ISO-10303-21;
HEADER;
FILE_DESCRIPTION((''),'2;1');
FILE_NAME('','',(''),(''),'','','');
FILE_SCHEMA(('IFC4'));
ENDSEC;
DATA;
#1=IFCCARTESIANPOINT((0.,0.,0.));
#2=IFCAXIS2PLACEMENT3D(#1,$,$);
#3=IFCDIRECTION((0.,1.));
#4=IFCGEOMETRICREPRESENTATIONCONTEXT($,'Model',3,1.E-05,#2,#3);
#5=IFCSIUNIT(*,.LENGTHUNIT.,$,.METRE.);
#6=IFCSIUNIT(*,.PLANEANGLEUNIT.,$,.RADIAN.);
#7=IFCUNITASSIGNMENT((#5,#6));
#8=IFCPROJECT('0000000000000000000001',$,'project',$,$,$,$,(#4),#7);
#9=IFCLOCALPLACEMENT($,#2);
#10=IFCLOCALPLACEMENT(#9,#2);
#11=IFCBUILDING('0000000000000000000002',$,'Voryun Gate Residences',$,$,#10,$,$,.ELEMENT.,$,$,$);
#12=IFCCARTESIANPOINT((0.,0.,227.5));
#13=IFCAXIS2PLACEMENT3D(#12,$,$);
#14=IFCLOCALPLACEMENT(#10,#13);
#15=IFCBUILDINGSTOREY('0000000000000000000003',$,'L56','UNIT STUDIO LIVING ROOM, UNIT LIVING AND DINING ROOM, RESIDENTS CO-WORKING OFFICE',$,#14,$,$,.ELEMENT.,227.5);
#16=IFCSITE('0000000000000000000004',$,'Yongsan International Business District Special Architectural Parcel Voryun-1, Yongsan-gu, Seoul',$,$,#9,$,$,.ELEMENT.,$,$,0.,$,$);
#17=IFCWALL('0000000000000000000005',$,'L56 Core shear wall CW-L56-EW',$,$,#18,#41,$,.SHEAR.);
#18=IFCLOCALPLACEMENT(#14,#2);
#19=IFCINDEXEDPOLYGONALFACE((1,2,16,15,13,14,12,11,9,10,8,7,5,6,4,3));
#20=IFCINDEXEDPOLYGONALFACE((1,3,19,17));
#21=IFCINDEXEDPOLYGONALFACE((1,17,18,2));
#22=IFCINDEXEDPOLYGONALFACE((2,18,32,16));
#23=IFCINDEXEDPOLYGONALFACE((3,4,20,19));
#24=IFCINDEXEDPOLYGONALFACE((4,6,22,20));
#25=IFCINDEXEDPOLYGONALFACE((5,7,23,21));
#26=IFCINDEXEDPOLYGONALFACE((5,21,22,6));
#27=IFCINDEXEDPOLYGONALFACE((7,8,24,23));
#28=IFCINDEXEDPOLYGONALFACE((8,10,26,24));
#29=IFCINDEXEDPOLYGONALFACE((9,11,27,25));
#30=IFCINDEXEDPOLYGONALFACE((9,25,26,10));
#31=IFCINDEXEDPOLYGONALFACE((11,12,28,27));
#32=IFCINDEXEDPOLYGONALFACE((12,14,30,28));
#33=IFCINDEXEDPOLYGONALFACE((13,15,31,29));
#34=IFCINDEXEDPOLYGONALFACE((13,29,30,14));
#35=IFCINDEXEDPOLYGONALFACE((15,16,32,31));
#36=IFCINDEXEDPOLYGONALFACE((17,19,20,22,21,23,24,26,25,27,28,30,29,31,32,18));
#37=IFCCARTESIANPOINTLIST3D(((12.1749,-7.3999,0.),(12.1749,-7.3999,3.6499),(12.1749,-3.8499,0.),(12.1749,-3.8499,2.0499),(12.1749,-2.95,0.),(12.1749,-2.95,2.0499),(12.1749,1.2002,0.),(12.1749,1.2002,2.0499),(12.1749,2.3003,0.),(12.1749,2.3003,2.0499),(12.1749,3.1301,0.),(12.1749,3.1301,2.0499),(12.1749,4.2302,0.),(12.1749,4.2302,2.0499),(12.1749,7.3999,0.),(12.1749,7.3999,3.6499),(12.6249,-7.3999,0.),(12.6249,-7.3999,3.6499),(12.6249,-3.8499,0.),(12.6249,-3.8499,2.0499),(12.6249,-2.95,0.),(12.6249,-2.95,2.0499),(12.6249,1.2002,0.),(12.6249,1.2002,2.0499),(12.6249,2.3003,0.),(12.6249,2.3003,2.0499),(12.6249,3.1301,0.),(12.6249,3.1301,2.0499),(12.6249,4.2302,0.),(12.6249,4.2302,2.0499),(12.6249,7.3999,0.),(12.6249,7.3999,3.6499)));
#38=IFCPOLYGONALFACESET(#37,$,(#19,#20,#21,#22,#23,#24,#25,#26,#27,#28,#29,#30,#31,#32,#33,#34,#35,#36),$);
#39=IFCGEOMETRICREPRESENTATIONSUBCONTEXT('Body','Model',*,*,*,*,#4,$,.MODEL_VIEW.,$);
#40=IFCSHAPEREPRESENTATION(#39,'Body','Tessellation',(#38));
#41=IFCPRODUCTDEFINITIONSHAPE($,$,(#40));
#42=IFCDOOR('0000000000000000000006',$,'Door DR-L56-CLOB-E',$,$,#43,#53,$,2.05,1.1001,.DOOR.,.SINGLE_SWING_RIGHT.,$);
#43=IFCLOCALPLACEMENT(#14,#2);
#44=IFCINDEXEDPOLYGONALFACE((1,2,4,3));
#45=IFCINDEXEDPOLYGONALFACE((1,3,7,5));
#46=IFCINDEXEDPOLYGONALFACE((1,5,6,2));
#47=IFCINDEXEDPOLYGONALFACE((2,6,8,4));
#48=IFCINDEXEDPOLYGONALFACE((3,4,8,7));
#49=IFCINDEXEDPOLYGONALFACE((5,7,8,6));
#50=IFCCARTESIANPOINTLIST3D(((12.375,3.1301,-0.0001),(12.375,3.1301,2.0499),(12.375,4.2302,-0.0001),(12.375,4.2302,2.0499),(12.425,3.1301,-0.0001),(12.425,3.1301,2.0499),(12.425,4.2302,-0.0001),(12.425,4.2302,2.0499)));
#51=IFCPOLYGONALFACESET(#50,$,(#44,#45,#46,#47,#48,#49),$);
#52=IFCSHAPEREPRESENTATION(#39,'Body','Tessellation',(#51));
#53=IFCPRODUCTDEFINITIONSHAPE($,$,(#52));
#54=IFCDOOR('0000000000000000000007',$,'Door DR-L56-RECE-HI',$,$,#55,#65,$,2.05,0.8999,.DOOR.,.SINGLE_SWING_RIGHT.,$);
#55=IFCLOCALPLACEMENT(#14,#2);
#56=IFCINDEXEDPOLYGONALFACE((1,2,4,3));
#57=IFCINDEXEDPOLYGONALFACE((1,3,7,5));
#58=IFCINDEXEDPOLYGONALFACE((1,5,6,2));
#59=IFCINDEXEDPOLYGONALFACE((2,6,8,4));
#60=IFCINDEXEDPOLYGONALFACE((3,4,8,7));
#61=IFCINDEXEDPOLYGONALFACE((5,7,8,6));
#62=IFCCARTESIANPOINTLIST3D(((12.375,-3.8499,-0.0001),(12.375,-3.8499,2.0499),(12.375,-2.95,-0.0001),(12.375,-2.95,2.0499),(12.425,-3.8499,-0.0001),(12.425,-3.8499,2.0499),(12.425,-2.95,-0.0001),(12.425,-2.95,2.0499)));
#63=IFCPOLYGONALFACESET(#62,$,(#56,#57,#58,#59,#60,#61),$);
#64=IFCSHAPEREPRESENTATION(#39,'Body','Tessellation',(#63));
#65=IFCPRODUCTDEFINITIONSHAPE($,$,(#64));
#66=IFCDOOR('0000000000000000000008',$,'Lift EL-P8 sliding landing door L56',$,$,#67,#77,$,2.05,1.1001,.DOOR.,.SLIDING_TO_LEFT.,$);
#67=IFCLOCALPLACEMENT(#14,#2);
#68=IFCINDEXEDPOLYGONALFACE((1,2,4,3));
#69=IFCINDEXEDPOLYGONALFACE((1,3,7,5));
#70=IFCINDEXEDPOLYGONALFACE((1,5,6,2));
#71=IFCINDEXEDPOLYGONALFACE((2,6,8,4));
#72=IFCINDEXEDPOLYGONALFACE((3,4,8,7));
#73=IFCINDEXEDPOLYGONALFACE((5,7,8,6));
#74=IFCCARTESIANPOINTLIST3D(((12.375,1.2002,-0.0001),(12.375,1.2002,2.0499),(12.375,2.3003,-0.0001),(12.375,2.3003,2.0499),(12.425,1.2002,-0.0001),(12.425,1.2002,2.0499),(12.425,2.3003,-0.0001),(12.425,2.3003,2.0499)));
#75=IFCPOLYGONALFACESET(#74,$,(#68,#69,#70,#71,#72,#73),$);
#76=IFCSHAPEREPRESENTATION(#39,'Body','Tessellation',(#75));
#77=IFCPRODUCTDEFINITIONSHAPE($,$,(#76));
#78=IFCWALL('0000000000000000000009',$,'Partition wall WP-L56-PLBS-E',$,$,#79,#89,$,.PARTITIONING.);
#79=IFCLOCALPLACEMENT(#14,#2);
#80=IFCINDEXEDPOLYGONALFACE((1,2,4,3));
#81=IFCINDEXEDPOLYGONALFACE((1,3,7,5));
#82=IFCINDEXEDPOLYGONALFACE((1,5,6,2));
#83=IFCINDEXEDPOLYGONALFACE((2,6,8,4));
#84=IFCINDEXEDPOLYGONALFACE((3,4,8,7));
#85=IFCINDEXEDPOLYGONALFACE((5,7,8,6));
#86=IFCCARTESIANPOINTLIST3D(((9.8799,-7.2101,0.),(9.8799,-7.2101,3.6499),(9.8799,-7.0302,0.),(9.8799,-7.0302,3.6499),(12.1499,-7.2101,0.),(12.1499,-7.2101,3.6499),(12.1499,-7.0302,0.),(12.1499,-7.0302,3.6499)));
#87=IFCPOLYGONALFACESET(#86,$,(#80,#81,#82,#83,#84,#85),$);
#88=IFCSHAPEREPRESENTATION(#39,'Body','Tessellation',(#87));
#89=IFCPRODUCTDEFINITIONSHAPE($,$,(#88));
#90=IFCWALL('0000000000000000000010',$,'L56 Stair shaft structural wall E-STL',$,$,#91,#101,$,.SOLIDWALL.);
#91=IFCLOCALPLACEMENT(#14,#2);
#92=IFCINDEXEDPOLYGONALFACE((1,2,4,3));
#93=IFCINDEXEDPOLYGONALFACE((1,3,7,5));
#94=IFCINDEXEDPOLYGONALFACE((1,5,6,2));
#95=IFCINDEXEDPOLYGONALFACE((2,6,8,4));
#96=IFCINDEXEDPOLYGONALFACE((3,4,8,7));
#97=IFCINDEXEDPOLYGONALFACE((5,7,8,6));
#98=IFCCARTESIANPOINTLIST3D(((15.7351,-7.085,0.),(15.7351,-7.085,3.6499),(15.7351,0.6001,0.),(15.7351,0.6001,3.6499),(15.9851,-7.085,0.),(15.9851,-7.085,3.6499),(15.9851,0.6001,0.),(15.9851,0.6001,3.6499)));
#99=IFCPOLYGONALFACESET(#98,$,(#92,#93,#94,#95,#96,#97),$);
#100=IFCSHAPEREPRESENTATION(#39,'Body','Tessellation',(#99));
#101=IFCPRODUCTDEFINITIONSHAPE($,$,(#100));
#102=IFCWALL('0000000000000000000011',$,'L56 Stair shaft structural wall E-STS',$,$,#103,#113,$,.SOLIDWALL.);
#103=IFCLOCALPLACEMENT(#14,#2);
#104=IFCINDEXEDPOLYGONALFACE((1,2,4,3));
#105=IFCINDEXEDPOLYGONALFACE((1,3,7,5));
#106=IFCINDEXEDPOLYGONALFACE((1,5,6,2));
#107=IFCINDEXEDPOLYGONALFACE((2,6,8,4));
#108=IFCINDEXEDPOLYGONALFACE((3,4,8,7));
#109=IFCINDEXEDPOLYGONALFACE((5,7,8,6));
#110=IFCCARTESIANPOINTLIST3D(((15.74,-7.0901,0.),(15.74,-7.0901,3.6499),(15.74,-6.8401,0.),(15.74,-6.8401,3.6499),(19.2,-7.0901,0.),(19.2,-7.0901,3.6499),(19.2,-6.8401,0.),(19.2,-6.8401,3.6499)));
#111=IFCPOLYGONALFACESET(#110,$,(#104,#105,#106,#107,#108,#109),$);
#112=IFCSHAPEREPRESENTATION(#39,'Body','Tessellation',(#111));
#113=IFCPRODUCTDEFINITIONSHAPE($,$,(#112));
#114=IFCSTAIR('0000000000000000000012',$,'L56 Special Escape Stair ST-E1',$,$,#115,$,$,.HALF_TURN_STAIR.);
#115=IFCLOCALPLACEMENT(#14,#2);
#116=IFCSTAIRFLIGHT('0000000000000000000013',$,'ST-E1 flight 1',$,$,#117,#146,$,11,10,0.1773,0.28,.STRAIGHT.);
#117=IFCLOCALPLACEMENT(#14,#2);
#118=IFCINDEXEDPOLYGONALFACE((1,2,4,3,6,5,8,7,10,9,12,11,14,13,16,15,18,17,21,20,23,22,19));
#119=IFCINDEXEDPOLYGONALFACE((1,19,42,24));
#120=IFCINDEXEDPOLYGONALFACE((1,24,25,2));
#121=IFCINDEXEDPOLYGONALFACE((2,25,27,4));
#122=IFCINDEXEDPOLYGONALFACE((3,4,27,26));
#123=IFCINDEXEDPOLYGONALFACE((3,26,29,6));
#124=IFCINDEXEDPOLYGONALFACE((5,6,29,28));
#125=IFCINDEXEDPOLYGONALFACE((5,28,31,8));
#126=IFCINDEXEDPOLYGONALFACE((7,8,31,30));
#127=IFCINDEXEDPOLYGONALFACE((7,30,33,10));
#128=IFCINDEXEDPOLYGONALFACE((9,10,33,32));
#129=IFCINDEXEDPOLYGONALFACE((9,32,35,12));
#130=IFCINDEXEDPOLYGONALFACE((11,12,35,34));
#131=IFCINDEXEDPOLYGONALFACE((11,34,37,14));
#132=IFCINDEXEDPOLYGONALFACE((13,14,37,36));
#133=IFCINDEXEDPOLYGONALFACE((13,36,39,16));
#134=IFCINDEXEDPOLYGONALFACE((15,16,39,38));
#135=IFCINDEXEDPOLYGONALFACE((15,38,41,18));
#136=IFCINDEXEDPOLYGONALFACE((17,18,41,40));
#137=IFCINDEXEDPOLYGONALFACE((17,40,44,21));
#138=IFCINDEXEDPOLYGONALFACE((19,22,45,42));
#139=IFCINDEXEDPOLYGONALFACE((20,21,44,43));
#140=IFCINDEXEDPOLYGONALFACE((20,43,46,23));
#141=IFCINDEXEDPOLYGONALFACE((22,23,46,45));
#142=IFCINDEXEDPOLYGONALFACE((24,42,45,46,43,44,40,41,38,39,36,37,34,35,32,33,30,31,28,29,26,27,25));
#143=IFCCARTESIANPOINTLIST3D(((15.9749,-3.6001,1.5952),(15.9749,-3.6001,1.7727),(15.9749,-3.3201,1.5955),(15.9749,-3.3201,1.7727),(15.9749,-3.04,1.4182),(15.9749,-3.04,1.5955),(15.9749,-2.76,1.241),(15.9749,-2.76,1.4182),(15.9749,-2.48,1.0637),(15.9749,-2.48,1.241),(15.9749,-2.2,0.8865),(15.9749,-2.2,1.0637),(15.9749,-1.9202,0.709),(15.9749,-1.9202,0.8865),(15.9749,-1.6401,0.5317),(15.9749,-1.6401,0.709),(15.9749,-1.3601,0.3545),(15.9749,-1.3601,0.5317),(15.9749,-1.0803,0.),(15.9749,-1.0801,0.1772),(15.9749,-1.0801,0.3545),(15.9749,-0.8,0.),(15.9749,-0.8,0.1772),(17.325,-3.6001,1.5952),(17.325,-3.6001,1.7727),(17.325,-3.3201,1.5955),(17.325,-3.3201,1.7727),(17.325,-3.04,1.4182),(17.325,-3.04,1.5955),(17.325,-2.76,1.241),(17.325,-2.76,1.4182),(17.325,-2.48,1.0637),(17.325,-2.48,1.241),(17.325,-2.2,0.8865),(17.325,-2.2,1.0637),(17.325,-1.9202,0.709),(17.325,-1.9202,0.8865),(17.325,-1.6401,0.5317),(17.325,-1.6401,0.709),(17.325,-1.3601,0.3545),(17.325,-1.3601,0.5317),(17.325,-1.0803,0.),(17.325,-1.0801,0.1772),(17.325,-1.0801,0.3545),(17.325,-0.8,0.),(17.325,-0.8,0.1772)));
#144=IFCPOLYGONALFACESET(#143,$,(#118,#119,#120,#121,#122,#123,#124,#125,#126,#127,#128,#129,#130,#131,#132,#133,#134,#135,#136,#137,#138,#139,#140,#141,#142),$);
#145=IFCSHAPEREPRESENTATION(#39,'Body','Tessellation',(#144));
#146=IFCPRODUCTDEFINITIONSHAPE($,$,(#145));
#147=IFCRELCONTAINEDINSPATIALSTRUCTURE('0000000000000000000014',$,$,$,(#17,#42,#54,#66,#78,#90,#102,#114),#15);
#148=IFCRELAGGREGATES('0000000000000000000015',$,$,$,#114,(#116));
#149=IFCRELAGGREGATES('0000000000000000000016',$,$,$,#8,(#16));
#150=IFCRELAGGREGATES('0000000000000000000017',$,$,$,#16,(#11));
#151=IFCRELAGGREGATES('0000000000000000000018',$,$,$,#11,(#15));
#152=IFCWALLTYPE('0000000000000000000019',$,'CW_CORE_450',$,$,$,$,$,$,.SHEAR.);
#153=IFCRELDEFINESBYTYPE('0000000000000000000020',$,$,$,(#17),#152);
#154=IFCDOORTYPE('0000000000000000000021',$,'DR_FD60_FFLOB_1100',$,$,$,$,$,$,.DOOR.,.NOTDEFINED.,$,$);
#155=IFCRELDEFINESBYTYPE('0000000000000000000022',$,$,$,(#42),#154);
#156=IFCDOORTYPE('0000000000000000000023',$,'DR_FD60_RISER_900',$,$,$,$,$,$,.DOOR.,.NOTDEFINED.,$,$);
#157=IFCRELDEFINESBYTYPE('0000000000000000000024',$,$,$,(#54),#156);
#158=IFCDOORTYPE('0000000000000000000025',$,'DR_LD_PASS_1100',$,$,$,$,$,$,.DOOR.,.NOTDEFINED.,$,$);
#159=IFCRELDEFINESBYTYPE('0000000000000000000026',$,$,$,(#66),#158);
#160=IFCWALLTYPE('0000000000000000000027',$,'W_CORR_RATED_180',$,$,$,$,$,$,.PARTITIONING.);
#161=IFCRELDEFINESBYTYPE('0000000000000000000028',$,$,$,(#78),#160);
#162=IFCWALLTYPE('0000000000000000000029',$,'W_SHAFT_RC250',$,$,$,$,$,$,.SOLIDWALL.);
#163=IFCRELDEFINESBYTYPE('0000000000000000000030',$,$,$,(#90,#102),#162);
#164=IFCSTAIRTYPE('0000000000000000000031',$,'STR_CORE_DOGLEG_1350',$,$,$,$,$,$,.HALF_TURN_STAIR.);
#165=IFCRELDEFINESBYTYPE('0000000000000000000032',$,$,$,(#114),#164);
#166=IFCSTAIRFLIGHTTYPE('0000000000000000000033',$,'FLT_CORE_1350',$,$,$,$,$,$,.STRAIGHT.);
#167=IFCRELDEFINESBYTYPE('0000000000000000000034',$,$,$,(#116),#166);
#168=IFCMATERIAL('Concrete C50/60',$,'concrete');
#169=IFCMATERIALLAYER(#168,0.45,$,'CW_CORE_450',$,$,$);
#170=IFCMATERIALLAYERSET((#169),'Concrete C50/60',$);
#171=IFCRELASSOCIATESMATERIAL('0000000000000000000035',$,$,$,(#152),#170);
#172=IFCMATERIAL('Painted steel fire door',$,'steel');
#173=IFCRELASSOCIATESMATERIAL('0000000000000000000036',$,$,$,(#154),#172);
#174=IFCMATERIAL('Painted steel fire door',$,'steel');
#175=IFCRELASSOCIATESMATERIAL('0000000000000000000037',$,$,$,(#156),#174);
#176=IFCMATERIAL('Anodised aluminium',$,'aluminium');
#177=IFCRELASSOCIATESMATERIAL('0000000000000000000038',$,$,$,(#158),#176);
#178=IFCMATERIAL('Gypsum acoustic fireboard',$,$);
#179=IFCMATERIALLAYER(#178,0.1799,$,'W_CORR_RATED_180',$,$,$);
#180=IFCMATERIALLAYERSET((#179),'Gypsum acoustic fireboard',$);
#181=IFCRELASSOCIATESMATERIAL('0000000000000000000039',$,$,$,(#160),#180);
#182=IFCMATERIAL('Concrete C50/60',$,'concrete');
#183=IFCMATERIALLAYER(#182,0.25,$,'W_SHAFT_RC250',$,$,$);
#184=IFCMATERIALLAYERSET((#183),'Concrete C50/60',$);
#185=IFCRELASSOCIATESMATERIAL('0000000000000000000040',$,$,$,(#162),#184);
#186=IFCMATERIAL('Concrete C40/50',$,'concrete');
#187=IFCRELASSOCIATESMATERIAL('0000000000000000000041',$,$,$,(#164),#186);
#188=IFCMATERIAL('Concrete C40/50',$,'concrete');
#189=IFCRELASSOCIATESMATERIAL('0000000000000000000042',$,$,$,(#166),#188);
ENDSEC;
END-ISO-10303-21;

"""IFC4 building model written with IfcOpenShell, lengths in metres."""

from ifc_helpers import new_model, si_unit, direction, frame, frame_2d, origin, place, context, subcontext, project, spatial, polyline, rectangle, outline, extrude, material, layer, layer_set, type_object, element, fill, aggregate, save


model = new_model("IFC4")

# Units and contexts
model_context = context("Model", 3, precision=1e-05, world=origin(), true_north=direction((0.0, 1.0)))
body_context = subcontext(model_context, "Body", "Model", "MODEL_VIEW")
ifc_project = project(units=[si_unit("LENGTHUNIT", "METRE"), si_unit("PLANEANGLEUNIT", "RADIAN")], contexts=[model_context])

# Site, building, storey
site_placement = place(None, origin())
site = spatial("IfcSite", under=ifc_project, at=site_placement, Name="Yongsan International Business District Special Architectural Parcel Voryun-1, Yongsan-gu, Seoul", CompositionType="ELEMENT", RefElevation=0.0)
building_placement = place(site_placement, origin())
building = spatial("IfcBuilding", under=site, at=building_placement, Name="Voryun Gate Residences", CompositionType="ELEMENT")
storey_placement = place(building_placement, frame((0.0, 0.0, 227.5)))
storey = spatial("IfcBuildingStorey", under=building, at=storey_placement, Name="L56", Description="UNIT STUDIO LIVING ROOM, UNIT LIVING AND DINING ROOM, RESIDENTS CO-WORKING OFFICE", CompositionType="ELEMENT", Elevation=227.5)

# Shared definitions
ifc_material_1 = material(Name="Concrete C50/60", Category="concrete")
ifc_layer_1 = layer(ifc_material_1, 0.45, Name="CW_CORE_450")
ifc_layer_set_1 = layer_set([ifc_layer_1], Name="Concrete C50/60")
wall_type_1 = type_object("IfcWallType", Name="CW_CORE_450", PredefinedType="SHEAR", material=ifc_layer_set_1)

# Wall, openings, doors
wall_1_placement = place(storey_placement, frame((12.3999, -7.3999, 0.0), z_axis=(0.0, 0.0, 1.0), x_axis=(0.0, 1.0, 0.0)))
wall_1 = element("IfcWall", 1, at=wall_1_placement, inside=storey, type_object=wall_type_1, Name="L56 Core shear wall CW-L56-EW", PredefinedType="SHEAR", context=body_context, shape_type="SweptSolid", body=[
    extrude(rectangle(XDim=14.7998, YDim=0.45, at=frame_2d((7.3999, 0.0))), origin(), (0.0, 0.0, 1.0), 3.6499),
])
opening_1_placement = place(wall_1_placement, frame((8.6001, 0.0, 0.0)))
opening_1 = element("IfcOpeningElement", 2, at=opening_1_placement, cuts=wall_1, PredefinedType="OPENING", context=body_context, shape_type="SweptSolid", body=[
    extrude(rectangle(XDim=1.1001, YDim=2.05, at=frame_2d((0.55, 1.0249))), frame((0.0, 0.2351, 0.0), z_axis=(0.0, -1.0, 0.0), x_axis=(1.0, 0.0, 0.0)), (0.0, 0.0, 1.0), 0.47),
])
opening_2_placement = place(wall_1_placement, frame((10.53, 0.0, 0.0)))
opening_2 = element("IfcOpeningElement", 3, at=opening_2_placement, cuts=wall_1, PredefinedType="OPENING", context=body_context, shape_type="SweptSolid", body=[
    extrude(rectangle(XDim=1.1001, YDim=2.05, at=frame_2d((0.55, 1.0249))), frame((0.0, 0.2351, 0.0), z_axis=(0.0, -1.0, 0.0), x_axis=(1.0, 0.0, 0.0)), (0.0, 0.0, 1.0), 0.47),
])
opening_3_placement = place(wall_1_placement, frame((3.55, 0.0, 0.0)))
opening_3 = element("IfcOpeningElement", 4, at=opening_3_placement, cuts=wall_1, PredefinedType="OPENING", context=body_context, shape_type="SweptSolid", body=[
    extrude(rectangle(XDim=0.8999, YDim=2.05, at=frame_2d((0.45, 1.0249))), frame((0.0, 0.2351, 0.0), z_axis=(0.0, -1.0, 0.0), x_axis=(1.0, 0.0, 0.0)), (0.0, 0.0, 1.0), 0.47),
])
ifc_material_2 = material(Name="Painted steel fire door", Category="steel")
door_type_1 = type_object("IfcDoorType", Name="DR_FD60_FFLOB_1100", OperationType="NOTDEFINED", PredefinedType="DOOR", material=ifc_material_2)
door_1_placement = place(opening_2_placement, origin())
door_1 = element("IfcDoor", 5, at=door_1_placement, inside=storey, type_object=door_type_1, Name="Door DR-L56-CLOB-E", OperationType="SINGLE_SWING_RIGHT", OverallHeight=2.05, OverallWidth=1.1001, PredefinedType="DOOR", context=body_context, shape_type="SweptSolid", body=[
    extrude(rectangle(XDim=1.1001, YDim=2.05, at=frame_2d((0.55, 1.0249))), frame((0.0, 0.0249, 0.0), z_axis=(0.0, -1.0, 0.0), x_axis=(1.0, 0.0, 0.0)), (0.0, 0.0, 1.0), 0.05),
])
fill(opening_2, door_1)
ifc_material_3 = material(Name="Painted steel fire door", Category="steel")
door_type_2 = type_object("IfcDoorType", Name="DR_FD60_RISER_900", OperationType="NOTDEFINED", PredefinedType="DOOR", material=ifc_material_3)
door_2_placement = place(opening_3_placement, origin())
door_2 = element("IfcDoor", 6, at=door_2_placement, inside=storey, type_object=door_type_2, Name="Door DR-L56-RECE-HI", OperationType="SINGLE_SWING_RIGHT", OverallHeight=2.05, OverallWidth=0.8999, PredefinedType="DOOR", context=body_context, shape_type="SweptSolid", body=[
    extrude(rectangle(XDim=0.8999, YDim=2.05, at=frame_2d((0.45, 1.0249))), frame((0.0, 0.0249, 0.0), z_axis=(0.0, -1.0, 0.0), x_axis=(1.0, 0.0, 0.0)), (0.0, 0.0, 1.0), 0.05),
])
fill(opening_3, door_2)
ifc_material_4 = material(Name="Anodised aluminium", Category="aluminium")
door_type_3 = type_object("IfcDoorType", Name="DR_LD_PASS_1100", OperationType="NOTDEFINED", PredefinedType="DOOR", material=ifc_material_4)
door_3_placement = place(opening_1_placement, origin())
door_3 = element("IfcDoor", 7, at=door_3_placement, inside=storey, type_object=door_type_3, Name="Lift EL-P8 sliding landing door L56", OperationType="SLIDING_TO_LEFT", OverallHeight=2.05, OverallWidth=1.1001, PredefinedType="DOOR", context=body_context, shape_type="SweptSolid", body=[
    extrude(rectangle(XDim=1.1001, YDim=2.05, at=frame_2d((0.55, 1.0249))), frame((0.0, 0.0249, 0.0), z_axis=(0.0, -1.0, 0.0), x_axis=(1.0, 0.0, 0.0)), (0.0, 0.0, 1.0), 0.05),
])
fill(opening_1, door_3)

# Walls
ifc_material_5 = material(Name="Gypsum acoustic fireboard")
ifc_layer_2 = layer(ifc_material_5, 0.1799, Name="W_CORR_RATED_180")
ifc_layer_set_2 = layer_set([ifc_layer_2], Name="Gypsum acoustic fireboard")
wall_type_2 = type_object("IfcWallType", Name="W_CORR_RATED_180", PredefinedType="PARTITIONING", material=ifc_layer_set_2)
wall_2_placement = place(storey_placement, frame((9.8799, -7.1201, 0.0), z_axis=(0.0, 0.0, 1.0), x_axis=(1.0, 0.0, 0.0)))
element("IfcWall", 8, at=wall_2_placement, inside=storey, type_object=wall_type_2, Name="Partition wall WP-L56-PLBS-E", PredefinedType="PARTITIONING", context=body_context, shape_type="SweptSolid", body=[
    extrude(rectangle(XDim=2.27, YDim=0.1799, at=frame_2d((1.135, 0.0))), origin(), (0.0, 0.0, 1.0), 3.6499),
])
ifc_material_6 = material(Name="Concrete C50/60", Category="concrete")
ifc_layer_3 = layer(ifc_material_6, 0.25, Name="W_SHAFT_RC250")
ifc_layer_set_3 = layer_set([ifc_layer_3], Name="Concrete C50/60")
wall_type_3 = type_object("IfcWallType", Name="W_SHAFT_RC250", PredefinedType="SOLIDWALL", material=ifc_layer_set_3)
wall_3_placement = place(storey_placement, frame((15.8601, -7.085, 0.0), z_axis=(0.0, 0.0, 1.0), x_axis=(0.0, 1.0, 0.0)))
element("IfcWall", 9, at=wall_3_placement, inside=storey, type_object=wall_type_3, Name="L56 Stair shaft structural wall E-STL", PredefinedType="SOLIDWALL", context=body_context, shape_type="SweptSolid", body=[
    extrude(rectangle(XDim=7.6851, YDim=0.25, at=frame_2d((3.8425, 0.0))), origin(), (0.0, 0.0, 1.0), 3.6499),
])
wall_4_placement = place(storey_placement, frame((15.74, -6.9651, 0.0), z_axis=(0.0, 0.0, 1.0), x_axis=(1.0, 0.0, 0.0)))
element("IfcWall", 10, at=wall_4_placement, inside=storey, type_object=wall_type_3, Name="L56 Stair shaft structural wall E-STS", PredefinedType="SOLIDWALL", context=body_context, shape_type="SweptSolid", body=[
    extrude(rectangle(XDim=3.46, YDim=0.25, at=frame_2d((1.73, 0.0))), origin(), (0.0, 0.0, 1.0), 3.6499),
])

# Stair, stair flight
ifc_material_7 = material(Name="Concrete C40/50", Category="concrete")
stair_type = type_object("IfcStairType", Name="STR_CORE_DOGLEG_1350", PredefinedType="HALF_TURN_STAIR", material=ifc_material_7)
stair_placement = place(storey_placement, origin())
stair = element("IfcStair", 11, at=stair_placement, inside=storey, type_object=stair_type, Name="L56 Special Escape Stair ST-E1", PredefinedType="HALF_TURN_STAIR")
ifc_material_8 = material(Name="Concrete C40/50", Category="concrete")
stair_flight_type = type_object("IfcStairFlightType", Name="FLT_CORE_1350", PredefinedType="STRAIGHT", material=ifc_material_8)
stair_flight_placement = place(storey_placement, frame((16.6499, -0.8, 0.0), z_axis=(0.0, 0.0, 1.0), x_axis=(0.0, -1.0, 0.0)))
stair_flight = element("IfcStairFlight", 12, at=stair_flight_placement, type_object=stair_flight_type, Name="ST-E1 flight 1", NumberOfRisers=11, NumberOfTreads=10, PredefinedType="STRAIGHT", RiserHeight=0.1773, TreadLength=0.28, context=body_context, shape_type="SweptSolid", body=[
    extrude(outline(polyline([(0.0, 0.0), (0.0, 0.1772), (0.28, 0.1772), (0.28, 0.3545), (0.5601, 0.3545), (0.5601, 0.5317), (0.8401, 0.5317), (0.8401, 0.709), (1.1201, 0.709), (1.1201, 0.8865), (1.3999, 0.8865), (1.3999, 1.0637), (1.6799, 1.0637), (1.6799, 1.241), (1.96, 1.241), (1.96, 1.4182), (2.24, 1.4182), (2.24, 1.5955), (2.52, 1.5955), (2.52, 1.7727), (2.8, 1.7727), (2.8, 1.95), (2.8, 1.5952), (0.2803, 0.0), (0.0, 0.0)])), frame((0.0, 0.675, 0.0), z_axis=(0.0, -1.0, 0.0), x_axis=(1.0, 0.0, 0.0)), (0.0, 0.0, 1.0), 1.3501),
])
aggregate(stair, [stair_flight])

save(model, "model.ifc")
